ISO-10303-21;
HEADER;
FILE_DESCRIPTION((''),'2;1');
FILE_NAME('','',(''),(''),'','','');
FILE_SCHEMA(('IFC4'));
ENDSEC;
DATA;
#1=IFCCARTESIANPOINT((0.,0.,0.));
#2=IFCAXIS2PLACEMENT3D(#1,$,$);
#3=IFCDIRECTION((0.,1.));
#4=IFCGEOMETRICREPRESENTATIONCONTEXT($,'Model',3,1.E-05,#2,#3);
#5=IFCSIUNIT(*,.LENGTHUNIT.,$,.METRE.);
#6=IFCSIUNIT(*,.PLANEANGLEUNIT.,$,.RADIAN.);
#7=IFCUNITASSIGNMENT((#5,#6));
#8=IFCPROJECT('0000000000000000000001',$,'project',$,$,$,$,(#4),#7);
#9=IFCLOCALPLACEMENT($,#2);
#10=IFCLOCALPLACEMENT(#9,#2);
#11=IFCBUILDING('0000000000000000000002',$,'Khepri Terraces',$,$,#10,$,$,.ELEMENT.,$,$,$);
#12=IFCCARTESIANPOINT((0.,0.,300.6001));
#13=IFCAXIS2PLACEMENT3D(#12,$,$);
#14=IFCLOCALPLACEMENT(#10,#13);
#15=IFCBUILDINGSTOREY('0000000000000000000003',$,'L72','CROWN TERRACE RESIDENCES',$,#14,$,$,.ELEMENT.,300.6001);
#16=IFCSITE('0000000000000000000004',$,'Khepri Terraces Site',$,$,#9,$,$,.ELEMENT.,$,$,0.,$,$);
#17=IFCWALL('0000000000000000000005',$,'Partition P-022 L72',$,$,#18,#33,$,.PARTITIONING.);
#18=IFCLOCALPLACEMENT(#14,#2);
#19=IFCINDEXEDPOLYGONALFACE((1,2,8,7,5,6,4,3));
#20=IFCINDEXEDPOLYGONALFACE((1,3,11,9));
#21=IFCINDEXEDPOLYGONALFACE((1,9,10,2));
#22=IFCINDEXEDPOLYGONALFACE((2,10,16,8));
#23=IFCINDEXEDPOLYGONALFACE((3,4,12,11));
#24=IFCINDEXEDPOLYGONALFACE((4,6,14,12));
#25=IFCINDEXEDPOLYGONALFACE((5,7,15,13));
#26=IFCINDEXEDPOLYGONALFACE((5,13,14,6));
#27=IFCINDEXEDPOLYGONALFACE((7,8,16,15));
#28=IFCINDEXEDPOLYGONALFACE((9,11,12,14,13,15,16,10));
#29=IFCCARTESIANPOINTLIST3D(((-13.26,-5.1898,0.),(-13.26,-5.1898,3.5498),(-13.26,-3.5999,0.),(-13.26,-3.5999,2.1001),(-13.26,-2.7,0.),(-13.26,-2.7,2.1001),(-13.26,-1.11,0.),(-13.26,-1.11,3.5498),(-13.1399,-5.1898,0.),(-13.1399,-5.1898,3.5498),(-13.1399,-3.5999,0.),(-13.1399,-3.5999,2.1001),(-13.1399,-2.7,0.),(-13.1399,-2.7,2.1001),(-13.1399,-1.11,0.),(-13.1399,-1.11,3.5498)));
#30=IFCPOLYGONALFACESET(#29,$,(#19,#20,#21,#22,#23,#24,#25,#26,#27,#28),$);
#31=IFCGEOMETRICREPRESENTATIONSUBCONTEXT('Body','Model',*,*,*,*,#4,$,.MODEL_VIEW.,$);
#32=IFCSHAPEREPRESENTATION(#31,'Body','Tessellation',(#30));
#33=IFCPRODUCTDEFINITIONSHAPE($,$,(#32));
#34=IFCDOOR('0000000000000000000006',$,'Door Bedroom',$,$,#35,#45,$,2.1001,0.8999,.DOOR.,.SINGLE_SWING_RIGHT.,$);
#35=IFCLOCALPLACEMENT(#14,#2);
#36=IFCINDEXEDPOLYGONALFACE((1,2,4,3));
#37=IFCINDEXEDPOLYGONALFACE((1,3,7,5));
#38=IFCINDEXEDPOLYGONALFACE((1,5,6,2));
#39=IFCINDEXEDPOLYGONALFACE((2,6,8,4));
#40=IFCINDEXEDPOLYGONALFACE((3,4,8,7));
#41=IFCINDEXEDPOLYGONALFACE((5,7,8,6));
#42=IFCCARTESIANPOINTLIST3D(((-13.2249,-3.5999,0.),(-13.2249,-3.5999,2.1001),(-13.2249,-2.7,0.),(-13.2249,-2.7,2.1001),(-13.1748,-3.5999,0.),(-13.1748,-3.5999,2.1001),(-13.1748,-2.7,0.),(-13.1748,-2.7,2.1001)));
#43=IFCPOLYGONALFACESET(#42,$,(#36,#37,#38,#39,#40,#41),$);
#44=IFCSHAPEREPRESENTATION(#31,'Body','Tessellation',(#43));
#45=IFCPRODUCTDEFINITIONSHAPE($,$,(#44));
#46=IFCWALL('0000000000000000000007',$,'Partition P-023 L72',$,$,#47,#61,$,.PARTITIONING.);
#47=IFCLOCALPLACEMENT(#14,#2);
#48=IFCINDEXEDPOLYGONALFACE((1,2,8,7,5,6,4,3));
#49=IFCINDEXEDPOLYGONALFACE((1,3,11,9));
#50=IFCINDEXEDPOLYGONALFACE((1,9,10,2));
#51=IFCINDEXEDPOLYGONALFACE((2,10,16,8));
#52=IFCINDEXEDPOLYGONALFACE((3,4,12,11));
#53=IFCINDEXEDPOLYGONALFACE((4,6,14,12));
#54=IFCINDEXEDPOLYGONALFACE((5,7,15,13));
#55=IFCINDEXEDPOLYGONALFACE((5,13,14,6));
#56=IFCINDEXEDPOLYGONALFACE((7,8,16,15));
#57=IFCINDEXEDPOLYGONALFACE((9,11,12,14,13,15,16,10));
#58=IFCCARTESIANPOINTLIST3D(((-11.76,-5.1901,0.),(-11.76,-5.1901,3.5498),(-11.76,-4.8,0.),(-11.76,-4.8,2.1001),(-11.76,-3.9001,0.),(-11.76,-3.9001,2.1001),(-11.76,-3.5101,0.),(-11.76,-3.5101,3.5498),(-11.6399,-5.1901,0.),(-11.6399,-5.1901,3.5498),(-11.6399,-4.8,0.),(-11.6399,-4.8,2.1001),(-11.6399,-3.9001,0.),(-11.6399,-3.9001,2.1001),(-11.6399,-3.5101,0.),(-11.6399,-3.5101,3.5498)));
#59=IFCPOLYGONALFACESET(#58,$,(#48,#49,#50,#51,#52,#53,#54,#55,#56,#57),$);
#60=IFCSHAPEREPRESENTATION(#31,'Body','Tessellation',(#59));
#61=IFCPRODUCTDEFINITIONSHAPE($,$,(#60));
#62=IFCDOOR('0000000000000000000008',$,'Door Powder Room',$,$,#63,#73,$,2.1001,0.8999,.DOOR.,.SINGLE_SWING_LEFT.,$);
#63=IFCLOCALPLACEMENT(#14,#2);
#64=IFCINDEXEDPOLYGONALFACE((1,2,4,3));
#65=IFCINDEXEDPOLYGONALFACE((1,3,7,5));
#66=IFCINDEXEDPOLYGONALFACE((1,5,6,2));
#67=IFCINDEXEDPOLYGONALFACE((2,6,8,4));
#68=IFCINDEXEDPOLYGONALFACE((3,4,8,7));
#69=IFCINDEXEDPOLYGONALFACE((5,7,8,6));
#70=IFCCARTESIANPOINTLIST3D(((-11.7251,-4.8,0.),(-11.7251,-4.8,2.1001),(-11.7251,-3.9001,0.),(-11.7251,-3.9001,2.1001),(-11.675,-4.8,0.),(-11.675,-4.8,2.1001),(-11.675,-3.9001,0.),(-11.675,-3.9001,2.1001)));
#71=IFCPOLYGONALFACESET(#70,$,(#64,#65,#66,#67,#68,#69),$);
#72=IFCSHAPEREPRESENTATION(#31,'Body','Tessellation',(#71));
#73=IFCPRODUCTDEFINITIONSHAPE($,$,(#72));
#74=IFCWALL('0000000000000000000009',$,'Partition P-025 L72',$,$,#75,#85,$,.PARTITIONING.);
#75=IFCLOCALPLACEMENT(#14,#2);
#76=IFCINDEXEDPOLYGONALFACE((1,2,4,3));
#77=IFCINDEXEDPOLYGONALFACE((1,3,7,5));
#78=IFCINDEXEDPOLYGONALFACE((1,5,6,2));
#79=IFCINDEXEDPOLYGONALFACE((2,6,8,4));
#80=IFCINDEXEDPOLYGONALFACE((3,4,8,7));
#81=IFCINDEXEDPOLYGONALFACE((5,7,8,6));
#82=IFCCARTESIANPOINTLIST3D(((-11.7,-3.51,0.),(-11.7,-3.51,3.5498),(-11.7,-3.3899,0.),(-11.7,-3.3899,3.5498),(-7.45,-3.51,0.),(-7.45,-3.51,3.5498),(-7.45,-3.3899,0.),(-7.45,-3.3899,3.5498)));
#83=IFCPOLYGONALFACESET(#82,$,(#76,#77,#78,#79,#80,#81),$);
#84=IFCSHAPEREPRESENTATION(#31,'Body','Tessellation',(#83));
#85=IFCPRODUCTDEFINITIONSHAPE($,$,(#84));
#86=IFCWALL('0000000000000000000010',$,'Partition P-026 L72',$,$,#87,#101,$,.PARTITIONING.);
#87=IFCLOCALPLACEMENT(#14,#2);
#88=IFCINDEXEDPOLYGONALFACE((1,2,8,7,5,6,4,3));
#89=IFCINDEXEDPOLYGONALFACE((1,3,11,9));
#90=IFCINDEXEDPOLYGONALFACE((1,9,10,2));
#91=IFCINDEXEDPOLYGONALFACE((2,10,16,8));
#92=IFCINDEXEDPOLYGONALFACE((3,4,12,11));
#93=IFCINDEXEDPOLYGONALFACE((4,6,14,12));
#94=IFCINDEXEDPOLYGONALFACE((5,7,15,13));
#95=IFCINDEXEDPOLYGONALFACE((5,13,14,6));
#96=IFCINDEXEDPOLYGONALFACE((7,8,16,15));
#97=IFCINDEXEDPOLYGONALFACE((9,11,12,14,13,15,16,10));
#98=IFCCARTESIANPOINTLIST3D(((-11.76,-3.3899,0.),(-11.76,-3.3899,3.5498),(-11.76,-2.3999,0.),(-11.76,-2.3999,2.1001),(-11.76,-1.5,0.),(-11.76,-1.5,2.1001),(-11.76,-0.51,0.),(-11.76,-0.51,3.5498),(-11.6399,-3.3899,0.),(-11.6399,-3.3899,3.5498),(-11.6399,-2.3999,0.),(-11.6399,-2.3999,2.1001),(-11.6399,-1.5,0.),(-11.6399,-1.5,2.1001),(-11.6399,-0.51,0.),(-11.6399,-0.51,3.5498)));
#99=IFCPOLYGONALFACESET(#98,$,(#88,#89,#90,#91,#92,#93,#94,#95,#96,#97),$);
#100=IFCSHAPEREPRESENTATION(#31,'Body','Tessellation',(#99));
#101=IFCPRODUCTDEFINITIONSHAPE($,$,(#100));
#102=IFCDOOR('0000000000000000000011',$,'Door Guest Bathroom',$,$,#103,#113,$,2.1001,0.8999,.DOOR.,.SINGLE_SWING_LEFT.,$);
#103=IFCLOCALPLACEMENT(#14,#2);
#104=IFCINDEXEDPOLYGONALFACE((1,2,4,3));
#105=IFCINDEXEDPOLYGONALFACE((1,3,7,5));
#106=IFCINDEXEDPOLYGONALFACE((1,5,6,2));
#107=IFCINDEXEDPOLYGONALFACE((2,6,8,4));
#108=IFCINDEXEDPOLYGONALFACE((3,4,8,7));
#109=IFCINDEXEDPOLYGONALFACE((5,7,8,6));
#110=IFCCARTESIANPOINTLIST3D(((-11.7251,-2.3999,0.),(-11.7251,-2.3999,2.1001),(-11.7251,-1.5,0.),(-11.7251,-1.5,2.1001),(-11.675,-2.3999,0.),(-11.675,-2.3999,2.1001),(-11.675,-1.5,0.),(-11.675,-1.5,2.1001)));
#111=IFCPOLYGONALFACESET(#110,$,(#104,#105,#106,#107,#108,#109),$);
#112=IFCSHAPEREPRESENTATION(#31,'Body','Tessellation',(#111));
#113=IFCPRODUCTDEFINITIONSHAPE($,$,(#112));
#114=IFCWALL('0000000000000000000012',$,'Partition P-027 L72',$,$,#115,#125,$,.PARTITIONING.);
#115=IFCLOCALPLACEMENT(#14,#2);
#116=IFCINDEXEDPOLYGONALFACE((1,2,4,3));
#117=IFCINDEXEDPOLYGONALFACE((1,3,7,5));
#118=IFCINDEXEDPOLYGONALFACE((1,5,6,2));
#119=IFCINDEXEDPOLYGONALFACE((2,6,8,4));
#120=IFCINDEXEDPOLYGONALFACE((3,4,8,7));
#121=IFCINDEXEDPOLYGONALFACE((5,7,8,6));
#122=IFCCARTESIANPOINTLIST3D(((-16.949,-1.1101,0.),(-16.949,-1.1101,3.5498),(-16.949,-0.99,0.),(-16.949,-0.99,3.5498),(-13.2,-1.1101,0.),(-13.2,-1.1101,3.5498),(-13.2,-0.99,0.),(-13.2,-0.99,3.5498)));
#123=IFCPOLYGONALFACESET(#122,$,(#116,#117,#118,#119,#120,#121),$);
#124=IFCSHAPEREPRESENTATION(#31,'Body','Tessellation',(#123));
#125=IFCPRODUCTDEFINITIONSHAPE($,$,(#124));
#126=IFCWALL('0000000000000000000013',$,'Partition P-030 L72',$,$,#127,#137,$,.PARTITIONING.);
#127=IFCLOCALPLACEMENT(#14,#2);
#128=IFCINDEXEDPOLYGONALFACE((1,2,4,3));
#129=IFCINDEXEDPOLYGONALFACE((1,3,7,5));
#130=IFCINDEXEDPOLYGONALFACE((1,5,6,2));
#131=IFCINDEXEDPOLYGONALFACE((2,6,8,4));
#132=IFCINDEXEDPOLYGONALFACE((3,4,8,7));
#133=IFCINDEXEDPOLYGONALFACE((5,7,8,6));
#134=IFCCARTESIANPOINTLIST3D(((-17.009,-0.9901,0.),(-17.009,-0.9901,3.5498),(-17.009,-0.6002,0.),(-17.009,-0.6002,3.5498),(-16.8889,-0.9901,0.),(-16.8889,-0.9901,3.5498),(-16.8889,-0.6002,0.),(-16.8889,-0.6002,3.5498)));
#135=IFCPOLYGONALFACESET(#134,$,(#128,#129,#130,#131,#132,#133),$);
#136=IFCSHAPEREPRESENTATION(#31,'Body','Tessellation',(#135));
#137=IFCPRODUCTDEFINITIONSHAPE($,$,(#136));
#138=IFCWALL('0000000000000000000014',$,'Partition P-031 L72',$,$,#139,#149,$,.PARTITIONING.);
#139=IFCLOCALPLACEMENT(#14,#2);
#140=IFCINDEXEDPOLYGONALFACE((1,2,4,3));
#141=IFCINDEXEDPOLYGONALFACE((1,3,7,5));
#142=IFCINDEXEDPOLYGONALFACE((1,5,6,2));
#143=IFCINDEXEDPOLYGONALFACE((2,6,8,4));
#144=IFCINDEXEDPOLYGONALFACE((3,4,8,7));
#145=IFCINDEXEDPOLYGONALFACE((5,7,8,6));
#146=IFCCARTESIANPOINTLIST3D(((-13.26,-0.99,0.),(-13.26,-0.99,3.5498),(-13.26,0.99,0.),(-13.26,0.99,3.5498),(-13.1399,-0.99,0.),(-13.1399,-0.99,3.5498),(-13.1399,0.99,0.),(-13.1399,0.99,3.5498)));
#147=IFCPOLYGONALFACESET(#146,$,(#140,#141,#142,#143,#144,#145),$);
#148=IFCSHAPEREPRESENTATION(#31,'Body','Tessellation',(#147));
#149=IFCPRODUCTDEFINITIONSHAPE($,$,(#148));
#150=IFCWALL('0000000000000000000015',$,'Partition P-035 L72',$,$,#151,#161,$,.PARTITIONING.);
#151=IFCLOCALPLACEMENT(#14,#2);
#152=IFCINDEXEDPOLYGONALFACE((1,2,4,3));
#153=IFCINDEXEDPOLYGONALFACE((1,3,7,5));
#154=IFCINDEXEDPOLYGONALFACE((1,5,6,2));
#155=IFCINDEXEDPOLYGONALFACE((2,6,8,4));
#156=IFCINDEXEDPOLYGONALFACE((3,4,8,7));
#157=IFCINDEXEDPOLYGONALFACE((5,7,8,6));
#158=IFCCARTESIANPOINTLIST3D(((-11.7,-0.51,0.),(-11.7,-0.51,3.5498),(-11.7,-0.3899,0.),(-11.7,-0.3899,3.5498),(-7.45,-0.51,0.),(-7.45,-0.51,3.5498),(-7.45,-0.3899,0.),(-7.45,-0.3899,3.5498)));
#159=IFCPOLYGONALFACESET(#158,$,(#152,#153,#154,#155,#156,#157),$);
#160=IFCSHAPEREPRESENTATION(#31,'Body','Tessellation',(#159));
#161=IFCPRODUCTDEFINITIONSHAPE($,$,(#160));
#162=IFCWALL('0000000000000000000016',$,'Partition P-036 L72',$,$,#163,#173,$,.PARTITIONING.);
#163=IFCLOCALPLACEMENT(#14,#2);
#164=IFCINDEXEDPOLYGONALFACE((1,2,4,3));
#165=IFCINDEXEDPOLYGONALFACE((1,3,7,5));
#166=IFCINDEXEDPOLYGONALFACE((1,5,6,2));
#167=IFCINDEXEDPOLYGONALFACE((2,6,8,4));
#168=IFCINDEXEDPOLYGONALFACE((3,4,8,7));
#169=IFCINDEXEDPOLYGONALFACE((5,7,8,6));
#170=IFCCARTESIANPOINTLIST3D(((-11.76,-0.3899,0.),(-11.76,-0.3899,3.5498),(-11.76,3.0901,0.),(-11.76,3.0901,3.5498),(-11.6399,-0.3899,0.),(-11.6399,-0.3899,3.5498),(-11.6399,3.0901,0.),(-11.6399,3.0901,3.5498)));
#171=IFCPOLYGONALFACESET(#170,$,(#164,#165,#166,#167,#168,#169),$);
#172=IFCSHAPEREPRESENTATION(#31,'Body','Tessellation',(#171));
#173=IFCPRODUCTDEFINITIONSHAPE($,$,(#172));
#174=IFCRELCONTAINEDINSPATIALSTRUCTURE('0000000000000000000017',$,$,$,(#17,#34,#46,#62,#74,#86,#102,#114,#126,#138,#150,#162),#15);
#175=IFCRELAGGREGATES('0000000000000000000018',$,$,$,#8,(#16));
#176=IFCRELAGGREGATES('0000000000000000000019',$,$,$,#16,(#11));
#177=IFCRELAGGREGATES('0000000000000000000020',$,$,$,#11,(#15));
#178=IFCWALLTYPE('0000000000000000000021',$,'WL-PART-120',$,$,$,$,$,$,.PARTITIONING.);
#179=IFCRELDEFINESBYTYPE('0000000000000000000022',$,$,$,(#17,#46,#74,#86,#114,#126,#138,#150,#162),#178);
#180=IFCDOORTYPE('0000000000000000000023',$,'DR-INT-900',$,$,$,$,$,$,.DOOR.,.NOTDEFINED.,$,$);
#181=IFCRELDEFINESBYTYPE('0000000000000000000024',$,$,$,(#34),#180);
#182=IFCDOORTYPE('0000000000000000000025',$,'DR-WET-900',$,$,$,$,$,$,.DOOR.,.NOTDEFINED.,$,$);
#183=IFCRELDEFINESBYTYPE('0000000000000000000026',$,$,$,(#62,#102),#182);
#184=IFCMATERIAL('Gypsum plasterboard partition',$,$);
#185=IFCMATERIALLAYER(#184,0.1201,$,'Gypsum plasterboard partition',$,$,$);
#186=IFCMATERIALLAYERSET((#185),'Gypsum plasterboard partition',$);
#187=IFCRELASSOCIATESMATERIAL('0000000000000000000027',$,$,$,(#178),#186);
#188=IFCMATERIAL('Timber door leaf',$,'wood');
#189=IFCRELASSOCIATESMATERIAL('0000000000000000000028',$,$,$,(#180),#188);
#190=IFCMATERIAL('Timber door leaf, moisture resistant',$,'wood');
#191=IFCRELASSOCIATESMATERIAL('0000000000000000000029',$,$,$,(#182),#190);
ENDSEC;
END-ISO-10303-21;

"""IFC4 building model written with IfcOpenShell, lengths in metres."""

from ifc_helpers import new_model, si_unit, direction, frame, frame_2d, origin, place, context, subcontext, project, spatial, rectangle, extrude, material, layer, layer_set, type_object, element, fill, save


model = new_model("IFC4")

# Units and contexts
model_context = context("Model", 3, precision=1e-05, world=origin(), true_north=direction((0.0, 1.0)))
body_context = subcontext(model_context, "Body", "Model", "MODEL_VIEW")
ifc_project = project(units=[si_unit("LENGTHUNIT", "METRE"), si_unit("PLANEANGLEUNIT", "RADIAN")], contexts=[model_context])

# Site, building, storey
site_placement = place(None, origin())
site = spatial("IfcSite", under=ifc_project, at=site_placement, Name="Khepri Terraces Site", CompositionType="ELEMENT", RefElevation=0.0)
building_placement = place(site_placement, origin())
building = spatial("IfcBuilding", under=site, at=building_placement, Name="Khepri Terraces", CompositionType="ELEMENT")
storey_placement = place(building_placement, frame((0.0, 0.0, 300.6001)))
storey = spatial("IfcBuildingStorey", under=building, at=storey_placement, Name="L72", Description="CROWN TERRACE RESIDENCES", CompositionType="ELEMENT", Elevation=300.6001)

# Walls, openings, doors
ifc_material_1 = material(Name="Gypsum plasterboard partition")
ifc_layer_1 = layer(ifc_material_1, 0.1201, Name="Gypsum plasterboard partition")
ifc_layer_set_1 = layer_set([ifc_layer_1], Name="Gypsum plasterboard partition")
wall_type_1 = type_object("IfcWallType", Name="WL-PART-120", PredefinedType="PARTITIONING", material=ifc_layer_set_1)
wall_1_placement = place(storey_placement, frame((-13.2, -5.1899, 0.0), z_axis=(0.0, 0.0, 1.0), x_axis=(0.0, 1.0, 0.0)))
wall_1 = element("IfcWall", 1, at=wall_1_placement, inside=storey, type_object=wall_type_1, Name="Partition P-022 L72", PredefinedType="PARTITIONING", context=body_context, shape_type="SweptSolid", body=[
    extrude(rectangle(XDim=4.0798, YDim=0.1201, at=frame_2d((2.04, 0.0))), origin(), (0.0, 0.0, 1.0), 3.5498),
])
opening_1_placement = place(wall_1_placement, frame((1.5901, 0.0, 0.0)))
opening_1 = element("IfcOpeningElement", 2, at=opening_1_placement, cuts=wall_1, PredefinedType="OPENING", context=body_context, shape_type="SweptSolid", body=[
    extrude(rectangle(XDim=0.8999, YDim=2.1001, at=frame_2d((0.45, 1.05))), frame((0.0, 0.0701, 0.0), z_axis=(0.0, -1.0, 0.0), x_axis=(1.0, 0.0, 0.0)), (0.0, 0.0, 1.0), 0.1401),
])
ifc_material_2 = material(Name="Timber door leaf", Category="wood")
door_type_1 = type_object("IfcDoorType", Name="DR-INT-900", OperationType="NOTDEFINED", PredefinedType="DOOR", material=ifc_material_2)
door_1_placement = place(opening_1_placement, origin())
door_1 = element("IfcDoor", 3, at=door_1_placement, inside=storey, type_object=door_type_1, Name="Door Bedroom", OperationType="SINGLE_SWING_RIGHT", OverallHeight=2.1001, OverallWidth=0.8999, PredefinedType="DOOR", context=body_context, shape_type="SweptSolid", body=[
    extrude(rectangle(XDim=0.8999, YDim=2.1001, at=frame_2d((0.45, 1.05))), frame((0.0, 0.0249, 0.0), z_axis=(0.0, -1.0, 0.0), x_axis=(1.0, 0.0, 0.0)), (0.0, 0.0, 1.0), 0.05),
])
fill(opening_1, door_1)
wall_2_placement = place(storey_placement, frame((-11.7, -5.1899, 0.0), z_axis=(0.0, 0.0, 1.0), x_axis=(0.0, 1.0, 0.0)))
wall_2 = element("IfcWall", 4, at=wall_2_placement, inside=storey, type_object=wall_type_1, Name="Partition P-023 L72", PredefinedType="PARTITIONING", context=body_context, shape_type="SweptSolid", body=[
    extrude(rectangle(XDim=1.6799, YDim=0.1201, at=frame_2d((0.8398, 0.0))), origin(), (0.0, 0.0, 1.0), 3.5498),
])
opening_2_placement = place(wall_2_placement, frame((0.3899, 0.0, 0.0)))
opening_2 = element("IfcOpeningElement", 5, at=opening_2_placement, cuts=wall_2, PredefinedType="OPENING", context=body_context, shape_type="SweptSolid", body=[
    extrude(rectangle(XDim=0.8999, YDim=2.1001, at=frame_2d((0.45, 1.05))), frame((0.0, 0.0701, 0.0), z_axis=(0.0, -1.0, 0.0), x_axis=(1.0, 0.0, 0.0)), (0.0, 0.0, 1.0), 0.1401),
])
ifc_material_3 = material(Name="Timber door leaf, moisture resistant", Category="wood")
door_type_2 = type_object("IfcDoorType", Name="DR-WET-900", OperationType="NOTDEFINED", PredefinedType="DOOR", material=ifc_material_3)
door_2_placement = place(opening_2_placement, frame((0.8999, 0.0, 0.0), z_axis=(0.0, 0.0, 1.0), x_axis=(-1.0, 0.0, 0.0)))
door_2 = element("IfcDoor", 6, at=door_2_placement, inside=storey, type_object=door_type_2, Name="Door Powder Room", OperationType="SINGLE_SWING_LEFT", OverallHeight=2.1001, OverallWidth=0.8999, PredefinedType="DOOR", context=body_context, shape_type="SweptSolid", body=[
    extrude(rectangle(XDim=0.8999, YDim=2.1001, at=frame_2d((0.45, 1.05))), frame((0.0, 0.0249, 0.0), z_axis=(0.0, -1.0, 0.0), x_axis=(1.0, 0.0, 0.0)), (0.0, 0.0, 1.0), 0.05),
])
fill(opening_2, door_2)

# Wall
wall_3_placement = place(storey_placement, frame((-11.7, -3.45, 0.0), z_axis=(0.0, 0.0, 1.0), x_axis=(1.0, 0.0, 0.0)))
element("IfcWall", 7, at=wall_3_placement, inside=storey, type_object=wall_type_1, Name="Partition P-025 L72", PredefinedType="PARTITIONING", context=body_context, shape_type="SweptSolid", body=[
    extrude(rectangle(XDim=4.25, YDim=0.1201, at=frame_2d((2.125, 0.0))), origin(), (0.0, 0.0, 1.0), 3.5498),
])

# Wall, opening, door
wall_4_placement = place(storey_placement, frame((-11.7, -3.3899, 0.0), z_axis=(0.0, 0.0, 1.0), x_axis=(0.0, 1.0, 0.0)))
wall_4 = element("IfcWall", 8, at=wall_4_placement, inside=storey, type_object=wall_type_1, Name="Partition P-026 L72", PredefinedType="PARTITIONING", context=body_context, shape_type="SweptSolid", body=[
    extrude(rectangle(XDim=2.8799, YDim=0.1201, at=frame_2d((1.4399, 0.0))), origin(), (0.0, 0.0, 1.0), 3.5498),
])
opening_3_placement = place(wall_4_placement, frame((0.99, 0.0, 0.0)))
opening_3 = element("IfcOpeningElement", 9, at=opening_3_placement, cuts=wall_4, PredefinedType="OPENING", context=body_context, shape_type="SweptSolid", body=[
    extrude(rectangle(XDim=0.8999, YDim=2.1001, at=frame_2d((0.45, 1.05))), frame((0.0, 0.0701, 0.0), z_axis=(0.0, -1.0, 0.0), x_axis=(1.0, 0.0, 0.0)), (0.0, 0.0, 1.0), 0.1401),
])
door_3_placement = place(opening_3_placement, frame((0.8999, 0.0, 0.0), z_axis=(0.0, 0.0, 1.0), x_axis=(-1.0, 0.0, 0.0)))
door_3 = element("IfcDoor", 10, at=door_3_placement, inside=storey, type_object=door_type_2, Name="Door Guest Bathroom", OperationType="SINGLE_SWING_LEFT", OverallHeight=2.1001, OverallWidth=0.8999, PredefinedType="DOOR", context=body_context, shape_type="SweptSolid", body=[
    extrude(rectangle(XDim=0.8999, YDim=2.1001, at=frame_2d((0.45, 1.05))), frame((0.0, 0.0249, 0.0), z_axis=(0.0, -1.0, 0.0), x_axis=(1.0, 0.0, 0.0)), (0.0, 0.0, 1.0), 0.05),
])
fill(opening_3, door_3)

# Walls
wall_5_placement = place(storey_placement, frame((-16.949, -1.05, 0.0), z_axis=(0.0, 0.0, 1.0), x_axis=(1.0, 0.0, 0.0)))
element("IfcWall", 11, at=wall_5_placement, inside=storey, type_object=wall_type_1, Name="Partition P-027 L72", PredefinedType="PARTITIONING", context=body_context, shape_type="SweptSolid", body=[
    extrude(rectangle(XDim=3.749, YDim=0.1201, at=frame_2d((1.8745, 0.0))), origin(), (0.0, 0.0, 1.0), 3.5498),
])
wall_6_placement = place(storey_placement, frame((-16.949, -0.99, 0.0), z_axis=(0.0, 0.0, 1.0), x_axis=(0.0, 1.0, 0.0)))
element("IfcWall", 12, at=wall_6_placement, inside=storey, type_object=wall_type_1, Name="Partition P-030 L72", PredefinedType="PARTITIONING", context=body_context, shape_type="SweptSolid", body=[
    extrude(rectangle(XDim=0.3899, YDim=0.1201, at=frame_2d((0.1948, 0.0))), origin(), (0.0, 0.0, 1.0), 3.5498),
])
wall_7_placement = place(storey_placement, frame((-13.2, -0.99, 0.0), z_axis=(0.0, 0.0, 1.0), x_axis=(0.0, 1.0, 0.0)))
element("IfcWall", 13, at=wall_7_placement, inside=storey, type_object=wall_type_1, Name="Partition P-031 L72", PredefinedType="PARTITIONING", context=body_context, shape_type="SweptSolid", body=[
    extrude(rectangle(XDim=1.98, YDim=0.1201, at=frame_2d((0.99, 0.0))), origin(), (0.0, 0.0, 1.0), 3.5498),
])
wall_8_placement = place(storey_placement, frame((-11.7, -0.45, 0.0), z_axis=(0.0, 0.0, 1.0), x_axis=(1.0, 0.0, 0.0)))
element("IfcWall", 14, at=wall_8_placement, inside=storey, type_object=wall_type_1, Name="Partition P-035 L72", PredefinedType="PARTITIONING", context=body_context, shape_type="SweptSolid", body=[
    extrude(rectangle(XDim=4.25, YDim=0.1201, at=frame_2d((2.125, 0.0))), origin(), (0.0, 0.0, 1.0), 3.5498),
])
wall_9_placement = place(storey_placement, frame((-11.7, -0.3899, 0.0), z_axis=(0.0, 0.0, 1.0), x_axis=(0.0, 1.0, 0.0)))
element("IfcWall", 15, at=wall_9_placement, inside=storey, type_object=wall_type_1, Name="Partition P-036 L72", PredefinedType="PARTITIONING", context=body_context, shape_type="SweptSolid", body=[
    extrude(rectangle(XDim=3.48, YDim=0.1201, at=frame_2d((1.74, 0.0))), origin(), (0.0, 0.0, 1.0), 3.5498),
])

save(model, "model.ifc")
